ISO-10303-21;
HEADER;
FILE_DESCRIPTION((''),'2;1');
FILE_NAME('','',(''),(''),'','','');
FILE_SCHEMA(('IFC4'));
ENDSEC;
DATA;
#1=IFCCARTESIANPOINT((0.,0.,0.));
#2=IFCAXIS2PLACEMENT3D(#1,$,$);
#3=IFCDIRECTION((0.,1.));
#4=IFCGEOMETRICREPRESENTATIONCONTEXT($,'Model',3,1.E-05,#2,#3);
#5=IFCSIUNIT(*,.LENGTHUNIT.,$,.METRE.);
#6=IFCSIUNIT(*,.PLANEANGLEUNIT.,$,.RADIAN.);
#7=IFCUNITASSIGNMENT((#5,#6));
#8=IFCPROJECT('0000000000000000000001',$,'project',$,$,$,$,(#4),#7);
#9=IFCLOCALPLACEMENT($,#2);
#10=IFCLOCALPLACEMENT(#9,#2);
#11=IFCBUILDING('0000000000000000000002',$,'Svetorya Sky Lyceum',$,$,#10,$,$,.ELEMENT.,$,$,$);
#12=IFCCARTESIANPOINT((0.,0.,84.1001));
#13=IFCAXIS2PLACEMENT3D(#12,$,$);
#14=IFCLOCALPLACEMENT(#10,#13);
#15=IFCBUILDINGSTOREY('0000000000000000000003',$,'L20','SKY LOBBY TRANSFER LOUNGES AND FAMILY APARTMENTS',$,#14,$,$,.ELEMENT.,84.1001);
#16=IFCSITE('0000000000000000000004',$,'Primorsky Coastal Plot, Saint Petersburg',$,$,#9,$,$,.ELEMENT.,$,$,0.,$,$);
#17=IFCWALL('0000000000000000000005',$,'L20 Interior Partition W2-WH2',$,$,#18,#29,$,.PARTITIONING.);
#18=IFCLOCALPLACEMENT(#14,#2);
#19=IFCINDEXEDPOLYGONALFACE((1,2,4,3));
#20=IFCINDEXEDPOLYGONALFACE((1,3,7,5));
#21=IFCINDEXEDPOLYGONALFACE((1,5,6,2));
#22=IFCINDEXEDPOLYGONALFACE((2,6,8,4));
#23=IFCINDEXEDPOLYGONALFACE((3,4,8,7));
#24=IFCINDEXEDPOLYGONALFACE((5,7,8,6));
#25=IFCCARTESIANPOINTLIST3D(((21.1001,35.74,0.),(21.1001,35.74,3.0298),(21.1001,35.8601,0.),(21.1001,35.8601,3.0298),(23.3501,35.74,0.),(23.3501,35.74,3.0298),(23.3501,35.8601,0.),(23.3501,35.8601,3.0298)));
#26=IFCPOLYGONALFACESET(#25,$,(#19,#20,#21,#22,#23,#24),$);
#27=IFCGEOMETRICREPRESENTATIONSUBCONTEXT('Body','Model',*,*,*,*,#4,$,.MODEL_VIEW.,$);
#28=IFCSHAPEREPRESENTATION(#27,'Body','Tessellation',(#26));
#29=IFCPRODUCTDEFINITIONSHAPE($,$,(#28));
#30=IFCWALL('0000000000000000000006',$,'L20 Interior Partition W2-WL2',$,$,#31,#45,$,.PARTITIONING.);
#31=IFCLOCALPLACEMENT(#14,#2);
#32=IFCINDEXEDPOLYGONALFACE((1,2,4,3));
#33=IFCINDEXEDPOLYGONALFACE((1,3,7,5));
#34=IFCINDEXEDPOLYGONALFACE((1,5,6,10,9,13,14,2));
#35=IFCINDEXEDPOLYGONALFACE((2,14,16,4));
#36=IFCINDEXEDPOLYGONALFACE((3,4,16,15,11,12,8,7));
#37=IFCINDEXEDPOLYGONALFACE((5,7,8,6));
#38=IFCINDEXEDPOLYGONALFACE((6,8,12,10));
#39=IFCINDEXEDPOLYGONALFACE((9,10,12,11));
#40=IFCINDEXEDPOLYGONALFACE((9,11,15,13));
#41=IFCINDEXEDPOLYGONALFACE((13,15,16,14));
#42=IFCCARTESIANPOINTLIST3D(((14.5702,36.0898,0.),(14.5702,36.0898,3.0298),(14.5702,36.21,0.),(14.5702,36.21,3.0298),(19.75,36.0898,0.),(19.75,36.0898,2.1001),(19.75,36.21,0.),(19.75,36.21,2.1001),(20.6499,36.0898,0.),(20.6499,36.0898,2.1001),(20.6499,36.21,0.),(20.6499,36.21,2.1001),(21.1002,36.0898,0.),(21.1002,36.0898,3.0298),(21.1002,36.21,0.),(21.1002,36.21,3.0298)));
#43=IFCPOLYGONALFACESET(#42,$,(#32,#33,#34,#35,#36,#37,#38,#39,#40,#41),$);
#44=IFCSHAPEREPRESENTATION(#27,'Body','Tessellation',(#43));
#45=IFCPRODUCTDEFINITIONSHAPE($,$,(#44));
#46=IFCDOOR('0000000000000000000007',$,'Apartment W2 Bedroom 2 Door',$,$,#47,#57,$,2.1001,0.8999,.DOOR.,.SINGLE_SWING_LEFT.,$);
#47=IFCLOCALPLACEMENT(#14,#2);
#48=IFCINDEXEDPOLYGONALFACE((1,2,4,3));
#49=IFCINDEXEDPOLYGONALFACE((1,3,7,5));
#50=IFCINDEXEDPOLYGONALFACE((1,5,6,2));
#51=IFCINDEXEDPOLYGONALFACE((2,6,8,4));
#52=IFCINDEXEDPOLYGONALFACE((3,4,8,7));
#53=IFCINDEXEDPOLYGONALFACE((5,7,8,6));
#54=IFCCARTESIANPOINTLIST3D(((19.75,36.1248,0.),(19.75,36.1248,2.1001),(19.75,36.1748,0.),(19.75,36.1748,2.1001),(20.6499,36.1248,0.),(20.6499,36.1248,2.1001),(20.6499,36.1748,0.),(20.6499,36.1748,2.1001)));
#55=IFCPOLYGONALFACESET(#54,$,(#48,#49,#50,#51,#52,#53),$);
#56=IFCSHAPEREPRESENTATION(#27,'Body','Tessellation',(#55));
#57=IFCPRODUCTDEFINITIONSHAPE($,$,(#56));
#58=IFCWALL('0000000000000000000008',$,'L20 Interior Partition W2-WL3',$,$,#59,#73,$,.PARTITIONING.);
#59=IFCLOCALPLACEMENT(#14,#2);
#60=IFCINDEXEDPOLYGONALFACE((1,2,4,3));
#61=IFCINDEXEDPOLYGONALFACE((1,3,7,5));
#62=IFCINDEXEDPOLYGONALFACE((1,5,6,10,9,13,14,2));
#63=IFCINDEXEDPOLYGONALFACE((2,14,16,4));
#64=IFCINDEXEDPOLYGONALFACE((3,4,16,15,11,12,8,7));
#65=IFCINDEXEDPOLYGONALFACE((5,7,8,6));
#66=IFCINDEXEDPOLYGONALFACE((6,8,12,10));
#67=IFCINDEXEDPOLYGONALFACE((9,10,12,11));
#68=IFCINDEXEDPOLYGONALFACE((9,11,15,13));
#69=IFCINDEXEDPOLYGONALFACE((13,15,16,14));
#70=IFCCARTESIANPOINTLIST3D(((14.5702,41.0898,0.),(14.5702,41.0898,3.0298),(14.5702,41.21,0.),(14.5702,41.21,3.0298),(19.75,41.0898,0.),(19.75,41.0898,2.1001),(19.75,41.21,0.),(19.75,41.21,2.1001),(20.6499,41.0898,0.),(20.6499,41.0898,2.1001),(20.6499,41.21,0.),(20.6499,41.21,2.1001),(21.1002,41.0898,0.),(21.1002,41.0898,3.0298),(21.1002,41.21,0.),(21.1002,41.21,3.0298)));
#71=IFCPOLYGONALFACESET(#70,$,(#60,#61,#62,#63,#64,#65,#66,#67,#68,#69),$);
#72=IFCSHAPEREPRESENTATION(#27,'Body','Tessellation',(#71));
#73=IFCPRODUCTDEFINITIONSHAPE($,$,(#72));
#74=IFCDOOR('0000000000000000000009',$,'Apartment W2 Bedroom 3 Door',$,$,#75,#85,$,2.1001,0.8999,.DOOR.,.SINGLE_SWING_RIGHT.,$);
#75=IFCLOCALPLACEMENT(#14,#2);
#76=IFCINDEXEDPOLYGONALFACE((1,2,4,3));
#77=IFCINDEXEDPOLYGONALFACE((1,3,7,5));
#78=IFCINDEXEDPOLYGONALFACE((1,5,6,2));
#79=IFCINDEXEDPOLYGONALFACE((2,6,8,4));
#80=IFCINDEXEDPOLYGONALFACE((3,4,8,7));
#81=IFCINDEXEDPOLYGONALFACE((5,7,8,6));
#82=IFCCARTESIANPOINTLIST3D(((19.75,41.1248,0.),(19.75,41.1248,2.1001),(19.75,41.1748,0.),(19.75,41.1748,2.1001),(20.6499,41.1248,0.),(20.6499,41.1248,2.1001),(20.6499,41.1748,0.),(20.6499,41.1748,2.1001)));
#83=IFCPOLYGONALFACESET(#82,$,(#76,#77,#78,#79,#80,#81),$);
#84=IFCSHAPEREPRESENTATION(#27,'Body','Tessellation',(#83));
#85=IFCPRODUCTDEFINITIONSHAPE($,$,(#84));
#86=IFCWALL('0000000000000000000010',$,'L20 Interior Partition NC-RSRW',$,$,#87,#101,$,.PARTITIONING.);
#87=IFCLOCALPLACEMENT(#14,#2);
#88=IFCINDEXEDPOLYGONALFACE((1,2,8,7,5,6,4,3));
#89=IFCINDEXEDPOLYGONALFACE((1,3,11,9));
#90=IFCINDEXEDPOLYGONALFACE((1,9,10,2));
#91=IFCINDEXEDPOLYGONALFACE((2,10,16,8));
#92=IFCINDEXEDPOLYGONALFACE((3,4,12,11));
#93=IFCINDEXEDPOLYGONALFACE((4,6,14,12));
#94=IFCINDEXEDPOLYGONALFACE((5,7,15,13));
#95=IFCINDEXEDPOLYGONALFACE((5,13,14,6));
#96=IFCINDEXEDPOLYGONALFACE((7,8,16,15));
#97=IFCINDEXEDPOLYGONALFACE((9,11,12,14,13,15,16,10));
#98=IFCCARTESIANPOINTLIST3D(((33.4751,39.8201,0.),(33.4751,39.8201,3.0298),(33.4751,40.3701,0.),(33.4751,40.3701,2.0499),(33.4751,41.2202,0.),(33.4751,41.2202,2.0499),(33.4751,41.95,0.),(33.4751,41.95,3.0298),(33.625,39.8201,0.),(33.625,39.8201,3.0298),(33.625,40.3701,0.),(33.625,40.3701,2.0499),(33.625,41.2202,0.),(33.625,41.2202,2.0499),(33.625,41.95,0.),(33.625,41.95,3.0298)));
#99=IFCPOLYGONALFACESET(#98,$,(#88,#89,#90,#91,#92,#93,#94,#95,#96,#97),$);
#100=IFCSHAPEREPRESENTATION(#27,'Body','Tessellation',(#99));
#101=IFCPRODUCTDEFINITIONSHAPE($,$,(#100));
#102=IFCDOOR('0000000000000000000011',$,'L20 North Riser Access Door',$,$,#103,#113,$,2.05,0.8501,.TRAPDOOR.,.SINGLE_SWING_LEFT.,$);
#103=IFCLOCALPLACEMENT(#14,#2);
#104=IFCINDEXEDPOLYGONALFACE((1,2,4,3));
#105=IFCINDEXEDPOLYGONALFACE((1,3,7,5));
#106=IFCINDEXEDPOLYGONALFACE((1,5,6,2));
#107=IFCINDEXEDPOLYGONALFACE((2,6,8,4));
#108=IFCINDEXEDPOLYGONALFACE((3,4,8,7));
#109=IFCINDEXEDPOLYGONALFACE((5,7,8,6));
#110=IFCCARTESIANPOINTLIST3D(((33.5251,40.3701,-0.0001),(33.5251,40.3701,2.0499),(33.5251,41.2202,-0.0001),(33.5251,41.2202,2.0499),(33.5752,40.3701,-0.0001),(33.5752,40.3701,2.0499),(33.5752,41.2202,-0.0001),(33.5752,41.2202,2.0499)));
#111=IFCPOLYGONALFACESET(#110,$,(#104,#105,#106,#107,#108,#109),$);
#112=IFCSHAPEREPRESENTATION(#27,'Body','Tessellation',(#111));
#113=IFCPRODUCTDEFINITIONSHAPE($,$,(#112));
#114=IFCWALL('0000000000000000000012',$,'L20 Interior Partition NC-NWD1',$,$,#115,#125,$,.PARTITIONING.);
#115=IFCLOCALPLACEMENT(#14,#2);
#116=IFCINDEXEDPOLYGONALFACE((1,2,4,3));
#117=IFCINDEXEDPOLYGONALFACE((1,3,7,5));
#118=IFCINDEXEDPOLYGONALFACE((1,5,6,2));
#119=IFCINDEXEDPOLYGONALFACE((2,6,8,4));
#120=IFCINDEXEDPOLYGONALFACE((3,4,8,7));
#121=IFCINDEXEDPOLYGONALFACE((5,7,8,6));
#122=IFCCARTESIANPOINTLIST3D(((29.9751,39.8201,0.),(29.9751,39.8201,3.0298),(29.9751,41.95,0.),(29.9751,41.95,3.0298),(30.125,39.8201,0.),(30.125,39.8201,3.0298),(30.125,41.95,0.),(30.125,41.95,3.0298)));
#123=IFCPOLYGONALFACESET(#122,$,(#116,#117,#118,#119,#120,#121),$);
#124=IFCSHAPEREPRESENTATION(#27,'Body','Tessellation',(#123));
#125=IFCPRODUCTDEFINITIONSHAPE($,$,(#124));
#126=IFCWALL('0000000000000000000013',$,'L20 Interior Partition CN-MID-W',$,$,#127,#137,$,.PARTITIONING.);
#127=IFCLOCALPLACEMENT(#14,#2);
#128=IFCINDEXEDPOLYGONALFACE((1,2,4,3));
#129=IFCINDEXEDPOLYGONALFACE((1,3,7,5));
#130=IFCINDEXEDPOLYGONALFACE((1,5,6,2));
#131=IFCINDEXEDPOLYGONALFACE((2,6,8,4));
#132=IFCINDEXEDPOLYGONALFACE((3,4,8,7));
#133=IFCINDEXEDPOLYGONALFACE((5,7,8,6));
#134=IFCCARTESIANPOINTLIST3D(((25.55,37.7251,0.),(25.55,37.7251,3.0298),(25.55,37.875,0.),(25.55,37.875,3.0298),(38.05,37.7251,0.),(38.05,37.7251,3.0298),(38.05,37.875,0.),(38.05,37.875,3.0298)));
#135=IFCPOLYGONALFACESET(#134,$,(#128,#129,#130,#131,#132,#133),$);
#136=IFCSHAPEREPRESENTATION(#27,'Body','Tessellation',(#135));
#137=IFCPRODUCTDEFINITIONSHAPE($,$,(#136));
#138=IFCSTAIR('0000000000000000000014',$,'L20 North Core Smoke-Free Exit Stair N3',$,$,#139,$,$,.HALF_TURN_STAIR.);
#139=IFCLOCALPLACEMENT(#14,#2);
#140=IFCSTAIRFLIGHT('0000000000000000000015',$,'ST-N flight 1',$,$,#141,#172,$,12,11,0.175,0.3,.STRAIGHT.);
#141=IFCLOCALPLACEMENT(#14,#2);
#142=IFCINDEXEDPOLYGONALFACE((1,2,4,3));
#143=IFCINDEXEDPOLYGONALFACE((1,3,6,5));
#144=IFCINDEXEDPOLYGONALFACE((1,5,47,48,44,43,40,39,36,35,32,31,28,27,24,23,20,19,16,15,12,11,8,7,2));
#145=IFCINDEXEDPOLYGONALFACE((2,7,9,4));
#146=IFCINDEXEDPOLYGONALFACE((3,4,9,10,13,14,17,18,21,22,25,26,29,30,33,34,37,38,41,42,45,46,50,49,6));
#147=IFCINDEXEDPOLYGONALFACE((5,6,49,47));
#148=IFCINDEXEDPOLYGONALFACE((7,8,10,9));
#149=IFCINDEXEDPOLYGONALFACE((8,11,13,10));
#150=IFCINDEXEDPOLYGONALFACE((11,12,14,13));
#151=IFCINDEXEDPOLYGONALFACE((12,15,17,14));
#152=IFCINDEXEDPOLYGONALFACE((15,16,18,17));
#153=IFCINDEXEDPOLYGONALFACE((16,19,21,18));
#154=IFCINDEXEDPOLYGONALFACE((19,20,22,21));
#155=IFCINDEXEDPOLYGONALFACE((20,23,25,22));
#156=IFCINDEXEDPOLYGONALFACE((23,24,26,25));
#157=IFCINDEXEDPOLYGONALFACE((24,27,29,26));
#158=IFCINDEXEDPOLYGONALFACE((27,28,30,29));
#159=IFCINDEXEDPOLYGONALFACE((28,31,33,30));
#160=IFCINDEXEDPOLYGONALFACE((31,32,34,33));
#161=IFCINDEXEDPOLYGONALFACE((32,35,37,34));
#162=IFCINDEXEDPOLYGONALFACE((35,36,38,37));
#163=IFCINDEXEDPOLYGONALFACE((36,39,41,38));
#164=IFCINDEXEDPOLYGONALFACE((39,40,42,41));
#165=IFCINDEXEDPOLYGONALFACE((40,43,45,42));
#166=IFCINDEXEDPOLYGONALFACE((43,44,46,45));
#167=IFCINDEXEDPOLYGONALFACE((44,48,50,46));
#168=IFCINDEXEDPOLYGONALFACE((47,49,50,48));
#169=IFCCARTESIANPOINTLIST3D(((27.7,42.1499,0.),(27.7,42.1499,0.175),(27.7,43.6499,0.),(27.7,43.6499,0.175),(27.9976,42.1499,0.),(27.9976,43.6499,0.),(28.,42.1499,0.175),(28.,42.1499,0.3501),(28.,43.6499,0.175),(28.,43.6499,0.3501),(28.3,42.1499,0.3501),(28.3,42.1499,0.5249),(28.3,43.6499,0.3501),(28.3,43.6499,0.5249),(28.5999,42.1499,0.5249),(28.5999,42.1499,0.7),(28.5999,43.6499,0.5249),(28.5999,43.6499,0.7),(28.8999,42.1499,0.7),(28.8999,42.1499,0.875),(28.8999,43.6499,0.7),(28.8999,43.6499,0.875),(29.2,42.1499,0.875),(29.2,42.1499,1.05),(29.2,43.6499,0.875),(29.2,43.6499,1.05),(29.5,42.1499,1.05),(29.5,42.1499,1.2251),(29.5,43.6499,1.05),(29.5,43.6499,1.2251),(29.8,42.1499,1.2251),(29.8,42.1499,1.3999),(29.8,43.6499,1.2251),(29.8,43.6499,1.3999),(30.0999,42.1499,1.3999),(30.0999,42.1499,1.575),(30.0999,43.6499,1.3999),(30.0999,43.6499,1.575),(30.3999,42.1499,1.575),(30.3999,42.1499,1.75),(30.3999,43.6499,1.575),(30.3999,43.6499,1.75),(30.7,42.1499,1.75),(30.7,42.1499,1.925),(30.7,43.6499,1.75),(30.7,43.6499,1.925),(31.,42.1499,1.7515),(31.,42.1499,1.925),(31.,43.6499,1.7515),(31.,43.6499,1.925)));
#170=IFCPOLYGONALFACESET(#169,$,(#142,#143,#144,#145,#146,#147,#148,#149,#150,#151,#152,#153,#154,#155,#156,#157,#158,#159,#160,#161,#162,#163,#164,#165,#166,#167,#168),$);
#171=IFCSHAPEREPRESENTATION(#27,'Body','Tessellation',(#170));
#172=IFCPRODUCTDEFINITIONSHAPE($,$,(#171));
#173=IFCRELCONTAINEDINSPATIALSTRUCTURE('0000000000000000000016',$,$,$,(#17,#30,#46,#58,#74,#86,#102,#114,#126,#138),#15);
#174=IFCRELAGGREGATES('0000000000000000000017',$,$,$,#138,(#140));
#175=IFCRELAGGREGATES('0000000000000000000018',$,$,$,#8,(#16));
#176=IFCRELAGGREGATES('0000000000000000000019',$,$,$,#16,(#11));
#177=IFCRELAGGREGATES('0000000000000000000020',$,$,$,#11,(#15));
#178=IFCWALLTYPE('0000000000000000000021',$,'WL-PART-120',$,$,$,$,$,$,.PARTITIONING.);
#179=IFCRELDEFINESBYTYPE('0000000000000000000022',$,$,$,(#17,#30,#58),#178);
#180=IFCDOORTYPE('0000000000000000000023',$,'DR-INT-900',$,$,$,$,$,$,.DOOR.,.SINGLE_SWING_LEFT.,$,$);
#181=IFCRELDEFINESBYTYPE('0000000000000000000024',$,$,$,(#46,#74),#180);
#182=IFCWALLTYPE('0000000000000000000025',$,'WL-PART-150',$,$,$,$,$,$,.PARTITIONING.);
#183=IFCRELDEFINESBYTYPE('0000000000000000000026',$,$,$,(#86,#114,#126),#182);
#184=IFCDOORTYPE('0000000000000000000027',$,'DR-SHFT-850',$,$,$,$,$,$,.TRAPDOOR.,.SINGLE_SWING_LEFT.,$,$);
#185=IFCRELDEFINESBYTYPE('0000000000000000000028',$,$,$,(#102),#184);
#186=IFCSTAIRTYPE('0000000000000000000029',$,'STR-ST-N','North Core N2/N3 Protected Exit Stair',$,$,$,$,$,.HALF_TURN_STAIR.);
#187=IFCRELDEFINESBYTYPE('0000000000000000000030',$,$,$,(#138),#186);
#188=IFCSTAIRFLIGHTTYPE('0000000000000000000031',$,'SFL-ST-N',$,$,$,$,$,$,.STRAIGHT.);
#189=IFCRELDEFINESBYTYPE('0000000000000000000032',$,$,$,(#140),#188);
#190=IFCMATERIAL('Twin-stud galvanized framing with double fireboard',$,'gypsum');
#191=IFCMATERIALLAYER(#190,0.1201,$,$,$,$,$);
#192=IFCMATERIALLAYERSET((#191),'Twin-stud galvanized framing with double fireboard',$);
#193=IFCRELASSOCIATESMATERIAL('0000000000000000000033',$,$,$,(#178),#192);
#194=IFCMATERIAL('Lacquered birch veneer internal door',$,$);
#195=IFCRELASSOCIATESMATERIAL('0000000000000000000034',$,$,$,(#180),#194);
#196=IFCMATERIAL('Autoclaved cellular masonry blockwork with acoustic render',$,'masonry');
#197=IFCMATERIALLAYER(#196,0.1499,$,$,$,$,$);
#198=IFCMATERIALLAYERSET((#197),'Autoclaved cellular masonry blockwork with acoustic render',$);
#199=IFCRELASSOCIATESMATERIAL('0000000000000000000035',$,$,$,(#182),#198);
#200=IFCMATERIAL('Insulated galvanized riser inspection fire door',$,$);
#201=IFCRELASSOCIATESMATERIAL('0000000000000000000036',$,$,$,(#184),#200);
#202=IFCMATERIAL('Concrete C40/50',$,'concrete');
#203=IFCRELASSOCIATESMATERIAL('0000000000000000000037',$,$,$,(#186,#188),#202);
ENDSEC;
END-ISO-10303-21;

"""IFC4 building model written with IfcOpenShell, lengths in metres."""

from ifc_helpers import new_model, si_unit, direction, frame, frame_2d, origin, place, context, subcontext, project, spatial, polyline, rectangle, outline, extrude, material, layer, layer_set, type_object, element, fill, aggregate, save


model = new_model("IFC4")

# Units and contexts
model_context = context("Model", 3, precision=1e-05, world=origin(), true_north=direction((0.0, 1.0)))
body_context = subcontext(model_context, "Body", "Model", "MODEL_VIEW")
ifc_project = project(units=[si_unit("LENGTHUNIT", "METRE"), si_unit("PLANEANGLEUNIT", "RADIAN")], contexts=[model_context])

# Site, building, storey
site_placement = place(None, origin())
site = spatial("IfcSite", under=ifc_project, at=site_placement, Name="Primorsky Coastal Plot, Saint Petersburg", CompositionType="ELEMENT", RefElevation=0.0)
building_placement = place(site_placement, origin())
building = spatial("IfcBuilding", under=site, at=building_placement, Name="Svetorya Sky Lyceum", CompositionType="ELEMENT")
storey_placement = place(building_placement, frame((0.0, 0.0, 84.1001)))
storey = spatial("IfcBuildingStorey", under=building, at=storey_placement, Name="L20", Description="SKY LOBBY TRANSFER LOUNGES AND FAMILY APARTMENTS", CompositionType="ELEMENT", Elevation=84.1001)

# Wall
ifc_material_1 = material(Name="Concrete C40/50", Category="concrete")
ifc_material_2 = material(Name="Twin-stud galvanized framing with double fireboard", Category="gypsum")
ifc_layer_1 = layer(ifc_material_2, 0.1201)
ifc_layer_set_1 = layer_set([ifc_layer_1], Name="Twin-stud galvanized framing with double fireboard")
wall_type_1 = type_object("IfcWallType", Name="WL-PART-120", PredefinedType="PARTITIONING", material=ifc_layer_set_1)
wall_1_placement = place(storey_placement, frame((21.1001, 35.8, 0.0), z_axis=(0.0, 0.0, 1.0), x_axis=(1.0, 0.0, 0.0)))
element("IfcWall", 1, at=wall_1_placement, inside=storey, type_object=wall_type_1, Name="L20 Interior Partition W2-WH2", PredefinedType="PARTITIONING", context=body_context, shape_type="SweptSolid", body=[
    extrude(rectangle(XDim=2.25, YDim=0.1201, at=frame_2d((1.125, 0.0))), origin(), (0.0, 0.0, 1.0), 3.0298),
])

# Walls, openings, doors
wall_2_placement = place(storey_placement, frame((14.5701, 36.1499, 0.0), z_axis=(0.0, 0.0, 1.0), x_axis=(1.0, 0.0, 0.0)))
wall_2 = element("IfcWall", 2, at=wall_2_placement, inside=storey, type_object=wall_type_1, Name="L20 Interior Partition W2-WL2", PredefinedType="PARTITIONING", context=body_context, shape_type="SweptSolid", body=[
    extrude(rectangle(XDim=6.53, YDim=0.1201, at=frame_2d((3.2651, 0.0))), origin(), (0.0, 0.0, 1.0), 3.0298),
])
opening_1_placement = place(wall_2_placement, frame((5.1799, 0.0, 0.0)))
opening_1 = element("IfcOpeningElement", 3, at=opening_1_placement, cuts=wall_2, PredefinedType="OPENING", context=body_context, shape_type="SweptSolid", body=[
    extrude(rectangle(XDim=0.8999, YDim=2.1001, at=frame_2d((0.45, 1.05))), frame((0.0, 0.0701, 0.0), z_axis=(0.0, -1.0, 0.0), x_axis=(1.0, 0.0, 0.0)), (0.0, 0.0, 1.0), 0.1401),
])
ifc_material_3 = material(Name="Lacquered birch veneer internal door")
door_type_1 = type_object("IfcDoorType", Name="DR-INT-900", OperationType="SINGLE_SWING_LEFT", PredefinedType="DOOR", material=ifc_material_3)
door_1_placement = place(opening_1_placement, origin())
door_1 = element("IfcDoor", 4, at=door_1_placement, inside=storey, type_object=door_type_1, Name="Apartment W2 Bedroom 2 Door", OperationType="SINGLE_SWING_LEFT", OverallHeight=2.1001, OverallWidth=0.8999, PredefinedType="DOOR", context=body_context, shape_type="SweptSolid", body=[
    extrude(rectangle(XDim=0.8999, YDim=2.1001, at=frame_2d((0.45, 1.05))), frame((0.0, 0.0249, 0.0), z_axis=(0.0, -1.0, 0.0), x_axis=(1.0, 0.0, 0.0)), (0.0, 0.0, 1.0), 0.05),
])
fill(opening_1, door_1)
wall_3_placement = place(storey_placement, frame((14.5701, 41.1499, 0.0), z_axis=(0.0, 0.0, 1.0), x_axis=(1.0, 0.0, 0.0)))
wall_3 = element("IfcWall", 5, at=wall_3_placement, inside=storey, type_object=wall_type_1, Name="L20 Interior Partition W2-WL3", PredefinedType="PARTITIONING", context=body_context, shape_type="SweptSolid", body=[
    extrude(rectangle(XDim=6.53, YDim=0.1201, at=frame_2d((3.2651, 0.0))), origin(), (0.0, 0.0, 1.0), 3.0298),
])
opening_2_placement = place(wall_3_placement, frame((5.1799, 0.0, 0.0)))
opening_2 = element("IfcOpeningElement", 6, at=opening_2_placement, cuts=wall_3, PredefinedType="OPENING", context=body_context, shape_type="SweptSolid", body=[
    extrude(rectangle(XDim=0.8999, YDim=2.1001, at=frame_2d((0.45, 1.05))), frame((0.0, 0.0701, 0.0), z_axis=(0.0, -1.0, 0.0), x_axis=(1.0, 0.0, 0.0)), (0.0, 0.0, 1.0), 0.1401),
])
door_2_placement = place(opening_2_placement, origin())
door_2 = element("IfcDoor", 7, at=door_2_placement, inside=storey, type_object=door_type_1, Name="Apartment W2 Bedroom 3 Door", OperationType="SINGLE_SWING_RIGHT", OverallHeight=2.1001, OverallWidth=0.8999, PredefinedType="DOOR", context=body_context, shape_type="SweptSolid", body=[
    extrude(rectangle(XDim=0.8999, YDim=2.1001, at=frame_2d((0.45, 1.05))), frame((0.0, 0.0249, 0.0), z_axis=(0.0, -1.0, 0.0), x_axis=(1.0, 0.0, 0.0)), (0.0, 0.0, 1.0), 0.05),
])
fill(opening_2, door_2)
ifc_material_4 = material(Name="Autoclaved cellular masonry blockwork with acoustic render", Category="masonry")
ifc_layer_2 = layer(ifc_material_4, 0.1499)
ifc_layer_set_2 = layer_set([ifc_layer_2], Name="Autoclaved cellular masonry blockwork with acoustic render")
wall_type_2 = type_object("IfcWallType", Name="WL-PART-150", PredefinedType="PARTITIONING", material=ifc_layer_set_2)
wall_4_placement = place(storey_placement, frame((33.55, 39.8201, 0.0), z_axis=(0.0, 0.0, 1.0), x_axis=(0.0, 1.0, 0.0)))
wall_4 = element("IfcWall", 8, at=wall_4_placement, inside=storey, type_object=wall_type_2, Name="L20 Interior Partition NC-RSRW", PredefinedType="PARTITIONING", context=body_context, shape_type="SweptSolid", body=[
    extrude(rectangle(XDim=2.1299, YDim=0.1499, at=frame_2d((1.0649, 0.0))), origin(), (0.0, 0.0, 1.0), 3.0298),
])
opening_3_placement = place(wall_4_placement, frame((0.55, 0.0, 0.0)))
opening_3 = element("IfcOpeningElement", 9, at=opening_3_placement, cuts=wall_4, PredefinedType="OPENING", context=body_context, shape_type="SweptSolid", body=[
    extrude(rectangle(XDim=0.8501, YDim=2.05, at=frame_2d((0.425, 1.0249))), frame((0.0, 0.085, 0.0), z_axis=(0.0, -1.0, 0.0), x_axis=(1.0, 0.0, 0.0)), (0.0, 0.0, 1.0), 0.1699),
])
ifc_material_5 = material(Name="Insulated galvanized riser inspection fire door")
door_type_2 = type_object("IfcDoorType", Name="DR-SHFT-850", OperationType="SINGLE_SWING_LEFT", PredefinedType="TRAPDOOR", material=ifc_material_5)
door_3_placement = place(opening_3_placement, origin())
door_3 = element("IfcDoor", 10, at=door_3_placement, inside=storey, type_object=door_type_2, Name="L20 North Riser Access Door", OperationType="SINGLE_SWING_LEFT", OverallHeight=2.05, OverallWidth=0.8501, PredefinedType="TRAPDOOR", context=body_context, shape_type="SweptSolid", body=[
    extrude(rectangle(XDim=0.8501, YDim=2.05, at=frame_2d((0.425, 1.0249))), frame((0.0, 0.0249, 0.0), z_axis=(0.0, -1.0, 0.0), x_axis=(1.0, 0.0, 0.0)), (0.0, 0.0, 1.0), 0.05),
])
fill(opening_3, door_3)

# Walls
wall_5_placement = place(storey_placement, frame((30.05, 39.8201, 0.0), z_axis=(0.0, 0.0, 1.0), x_axis=(0.0, 1.0, 0.0)))
element("IfcWall", 11, at=wall_5_placement, inside=storey, type_object=wall_type_2, Name="L20 Interior Partition NC-NWD1", PredefinedType="PARTITIONING", context=body_context, shape_type="SweptSolid", body=[
    extrude(rectangle(XDim=2.1299, YDim=0.1499, at=frame_2d((1.0649, 0.0))), origin(), (0.0, 0.0, 1.0), 3.0298),
])
wall_6_placement = place(storey_placement, frame((25.55, 37.8, 0.0), z_axis=(0.0, 0.0, 1.0), x_axis=(1.0, 0.0, 0.0)))
element("IfcWall", 12, at=wall_6_placement, inside=storey, type_object=wall_type_2, Name="L20 Interior Partition CN-MID-W", PredefinedType="PARTITIONING", context=body_context, shape_type="SweptSolid", body=[
    extrude(rectangle(XDim=12.5, YDim=0.1499, at=frame_2d((6.25, 0.0))), origin(), (0.0, 0.0, 1.0), 3.0298),
])

# Stair, stair flight
stair_type = type_object("IfcStairType", Name="STR-ST-N", Description="North Core N2/N3 Protected Exit Stair", PredefinedType="HALF_TURN_STAIR", material=ifc_material_1)
stair_placement = place(storey_placement, origin())
stair = element("IfcStair", 13, at=stair_placement, inside=storey, type_object=stair_type, Name="L20 North Core Smoke-Free Exit Stair N3", PredefinedType="HALF_TURN_STAIR")
stair_flight_type = type_object("IfcStairFlightType", Name="SFL-ST-N", PredefinedType="STRAIGHT", material=ifc_material_1)
stair_flight_placement = place(storey_placement, frame((27.7, 42.8999, 0.0), z_axis=(0.0, 0.0, 1.0), x_axis=(1.0, 0.0, 0.0)))
stair_flight = element("IfcStairFlight", 14, at=stair_flight_placement, type_object=stair_flight_type, Name="ST-N flight 1", NumberOfRisers=12, NumberOfTreads=11, PredefinedType="STRAIGHT", RiserHeight=0.175, TreadLength=0.3, context=body_context, shape_type="SweptSolid", body=[
    extrude(outline(polyline([(0.0, 0.0), (0.0, 0.175), (0.3, 0.175), (0.3, 0.3501), (0.6001, 0.3501), (0.6001, 0.5249), (0.8999, 0.5249), (0.8999, 0.7), (1.2, 0.7), (1.2, 0.875), (1.5, 0.875), (1.5, 1.05), (1.8, 1.05), (1.8, 1.2251), (2.1001, 1.2251), (2.1001, 1.3999), (2.3999, 1.3999), (2.3999, 1.575), (2.7, 1.575), (2.7, 1.75), (3.0, 1.75), (3.0, 1.925), (3.3, 1.925), (3.3, 2.1001), (3.3, 1.7515), (0.2976, 0.0), (0.0, 0.0)])), frame((0.0, 0.75, 0.0), z_axis=(0.0, -1.0, 0.0), x_axis=(1.0, 0.0, 0.0)), (0.0, 0.0, 1.0), 1.5),
])
aggregate(stair, [stair_flight])

save(model, "model.ifc")
